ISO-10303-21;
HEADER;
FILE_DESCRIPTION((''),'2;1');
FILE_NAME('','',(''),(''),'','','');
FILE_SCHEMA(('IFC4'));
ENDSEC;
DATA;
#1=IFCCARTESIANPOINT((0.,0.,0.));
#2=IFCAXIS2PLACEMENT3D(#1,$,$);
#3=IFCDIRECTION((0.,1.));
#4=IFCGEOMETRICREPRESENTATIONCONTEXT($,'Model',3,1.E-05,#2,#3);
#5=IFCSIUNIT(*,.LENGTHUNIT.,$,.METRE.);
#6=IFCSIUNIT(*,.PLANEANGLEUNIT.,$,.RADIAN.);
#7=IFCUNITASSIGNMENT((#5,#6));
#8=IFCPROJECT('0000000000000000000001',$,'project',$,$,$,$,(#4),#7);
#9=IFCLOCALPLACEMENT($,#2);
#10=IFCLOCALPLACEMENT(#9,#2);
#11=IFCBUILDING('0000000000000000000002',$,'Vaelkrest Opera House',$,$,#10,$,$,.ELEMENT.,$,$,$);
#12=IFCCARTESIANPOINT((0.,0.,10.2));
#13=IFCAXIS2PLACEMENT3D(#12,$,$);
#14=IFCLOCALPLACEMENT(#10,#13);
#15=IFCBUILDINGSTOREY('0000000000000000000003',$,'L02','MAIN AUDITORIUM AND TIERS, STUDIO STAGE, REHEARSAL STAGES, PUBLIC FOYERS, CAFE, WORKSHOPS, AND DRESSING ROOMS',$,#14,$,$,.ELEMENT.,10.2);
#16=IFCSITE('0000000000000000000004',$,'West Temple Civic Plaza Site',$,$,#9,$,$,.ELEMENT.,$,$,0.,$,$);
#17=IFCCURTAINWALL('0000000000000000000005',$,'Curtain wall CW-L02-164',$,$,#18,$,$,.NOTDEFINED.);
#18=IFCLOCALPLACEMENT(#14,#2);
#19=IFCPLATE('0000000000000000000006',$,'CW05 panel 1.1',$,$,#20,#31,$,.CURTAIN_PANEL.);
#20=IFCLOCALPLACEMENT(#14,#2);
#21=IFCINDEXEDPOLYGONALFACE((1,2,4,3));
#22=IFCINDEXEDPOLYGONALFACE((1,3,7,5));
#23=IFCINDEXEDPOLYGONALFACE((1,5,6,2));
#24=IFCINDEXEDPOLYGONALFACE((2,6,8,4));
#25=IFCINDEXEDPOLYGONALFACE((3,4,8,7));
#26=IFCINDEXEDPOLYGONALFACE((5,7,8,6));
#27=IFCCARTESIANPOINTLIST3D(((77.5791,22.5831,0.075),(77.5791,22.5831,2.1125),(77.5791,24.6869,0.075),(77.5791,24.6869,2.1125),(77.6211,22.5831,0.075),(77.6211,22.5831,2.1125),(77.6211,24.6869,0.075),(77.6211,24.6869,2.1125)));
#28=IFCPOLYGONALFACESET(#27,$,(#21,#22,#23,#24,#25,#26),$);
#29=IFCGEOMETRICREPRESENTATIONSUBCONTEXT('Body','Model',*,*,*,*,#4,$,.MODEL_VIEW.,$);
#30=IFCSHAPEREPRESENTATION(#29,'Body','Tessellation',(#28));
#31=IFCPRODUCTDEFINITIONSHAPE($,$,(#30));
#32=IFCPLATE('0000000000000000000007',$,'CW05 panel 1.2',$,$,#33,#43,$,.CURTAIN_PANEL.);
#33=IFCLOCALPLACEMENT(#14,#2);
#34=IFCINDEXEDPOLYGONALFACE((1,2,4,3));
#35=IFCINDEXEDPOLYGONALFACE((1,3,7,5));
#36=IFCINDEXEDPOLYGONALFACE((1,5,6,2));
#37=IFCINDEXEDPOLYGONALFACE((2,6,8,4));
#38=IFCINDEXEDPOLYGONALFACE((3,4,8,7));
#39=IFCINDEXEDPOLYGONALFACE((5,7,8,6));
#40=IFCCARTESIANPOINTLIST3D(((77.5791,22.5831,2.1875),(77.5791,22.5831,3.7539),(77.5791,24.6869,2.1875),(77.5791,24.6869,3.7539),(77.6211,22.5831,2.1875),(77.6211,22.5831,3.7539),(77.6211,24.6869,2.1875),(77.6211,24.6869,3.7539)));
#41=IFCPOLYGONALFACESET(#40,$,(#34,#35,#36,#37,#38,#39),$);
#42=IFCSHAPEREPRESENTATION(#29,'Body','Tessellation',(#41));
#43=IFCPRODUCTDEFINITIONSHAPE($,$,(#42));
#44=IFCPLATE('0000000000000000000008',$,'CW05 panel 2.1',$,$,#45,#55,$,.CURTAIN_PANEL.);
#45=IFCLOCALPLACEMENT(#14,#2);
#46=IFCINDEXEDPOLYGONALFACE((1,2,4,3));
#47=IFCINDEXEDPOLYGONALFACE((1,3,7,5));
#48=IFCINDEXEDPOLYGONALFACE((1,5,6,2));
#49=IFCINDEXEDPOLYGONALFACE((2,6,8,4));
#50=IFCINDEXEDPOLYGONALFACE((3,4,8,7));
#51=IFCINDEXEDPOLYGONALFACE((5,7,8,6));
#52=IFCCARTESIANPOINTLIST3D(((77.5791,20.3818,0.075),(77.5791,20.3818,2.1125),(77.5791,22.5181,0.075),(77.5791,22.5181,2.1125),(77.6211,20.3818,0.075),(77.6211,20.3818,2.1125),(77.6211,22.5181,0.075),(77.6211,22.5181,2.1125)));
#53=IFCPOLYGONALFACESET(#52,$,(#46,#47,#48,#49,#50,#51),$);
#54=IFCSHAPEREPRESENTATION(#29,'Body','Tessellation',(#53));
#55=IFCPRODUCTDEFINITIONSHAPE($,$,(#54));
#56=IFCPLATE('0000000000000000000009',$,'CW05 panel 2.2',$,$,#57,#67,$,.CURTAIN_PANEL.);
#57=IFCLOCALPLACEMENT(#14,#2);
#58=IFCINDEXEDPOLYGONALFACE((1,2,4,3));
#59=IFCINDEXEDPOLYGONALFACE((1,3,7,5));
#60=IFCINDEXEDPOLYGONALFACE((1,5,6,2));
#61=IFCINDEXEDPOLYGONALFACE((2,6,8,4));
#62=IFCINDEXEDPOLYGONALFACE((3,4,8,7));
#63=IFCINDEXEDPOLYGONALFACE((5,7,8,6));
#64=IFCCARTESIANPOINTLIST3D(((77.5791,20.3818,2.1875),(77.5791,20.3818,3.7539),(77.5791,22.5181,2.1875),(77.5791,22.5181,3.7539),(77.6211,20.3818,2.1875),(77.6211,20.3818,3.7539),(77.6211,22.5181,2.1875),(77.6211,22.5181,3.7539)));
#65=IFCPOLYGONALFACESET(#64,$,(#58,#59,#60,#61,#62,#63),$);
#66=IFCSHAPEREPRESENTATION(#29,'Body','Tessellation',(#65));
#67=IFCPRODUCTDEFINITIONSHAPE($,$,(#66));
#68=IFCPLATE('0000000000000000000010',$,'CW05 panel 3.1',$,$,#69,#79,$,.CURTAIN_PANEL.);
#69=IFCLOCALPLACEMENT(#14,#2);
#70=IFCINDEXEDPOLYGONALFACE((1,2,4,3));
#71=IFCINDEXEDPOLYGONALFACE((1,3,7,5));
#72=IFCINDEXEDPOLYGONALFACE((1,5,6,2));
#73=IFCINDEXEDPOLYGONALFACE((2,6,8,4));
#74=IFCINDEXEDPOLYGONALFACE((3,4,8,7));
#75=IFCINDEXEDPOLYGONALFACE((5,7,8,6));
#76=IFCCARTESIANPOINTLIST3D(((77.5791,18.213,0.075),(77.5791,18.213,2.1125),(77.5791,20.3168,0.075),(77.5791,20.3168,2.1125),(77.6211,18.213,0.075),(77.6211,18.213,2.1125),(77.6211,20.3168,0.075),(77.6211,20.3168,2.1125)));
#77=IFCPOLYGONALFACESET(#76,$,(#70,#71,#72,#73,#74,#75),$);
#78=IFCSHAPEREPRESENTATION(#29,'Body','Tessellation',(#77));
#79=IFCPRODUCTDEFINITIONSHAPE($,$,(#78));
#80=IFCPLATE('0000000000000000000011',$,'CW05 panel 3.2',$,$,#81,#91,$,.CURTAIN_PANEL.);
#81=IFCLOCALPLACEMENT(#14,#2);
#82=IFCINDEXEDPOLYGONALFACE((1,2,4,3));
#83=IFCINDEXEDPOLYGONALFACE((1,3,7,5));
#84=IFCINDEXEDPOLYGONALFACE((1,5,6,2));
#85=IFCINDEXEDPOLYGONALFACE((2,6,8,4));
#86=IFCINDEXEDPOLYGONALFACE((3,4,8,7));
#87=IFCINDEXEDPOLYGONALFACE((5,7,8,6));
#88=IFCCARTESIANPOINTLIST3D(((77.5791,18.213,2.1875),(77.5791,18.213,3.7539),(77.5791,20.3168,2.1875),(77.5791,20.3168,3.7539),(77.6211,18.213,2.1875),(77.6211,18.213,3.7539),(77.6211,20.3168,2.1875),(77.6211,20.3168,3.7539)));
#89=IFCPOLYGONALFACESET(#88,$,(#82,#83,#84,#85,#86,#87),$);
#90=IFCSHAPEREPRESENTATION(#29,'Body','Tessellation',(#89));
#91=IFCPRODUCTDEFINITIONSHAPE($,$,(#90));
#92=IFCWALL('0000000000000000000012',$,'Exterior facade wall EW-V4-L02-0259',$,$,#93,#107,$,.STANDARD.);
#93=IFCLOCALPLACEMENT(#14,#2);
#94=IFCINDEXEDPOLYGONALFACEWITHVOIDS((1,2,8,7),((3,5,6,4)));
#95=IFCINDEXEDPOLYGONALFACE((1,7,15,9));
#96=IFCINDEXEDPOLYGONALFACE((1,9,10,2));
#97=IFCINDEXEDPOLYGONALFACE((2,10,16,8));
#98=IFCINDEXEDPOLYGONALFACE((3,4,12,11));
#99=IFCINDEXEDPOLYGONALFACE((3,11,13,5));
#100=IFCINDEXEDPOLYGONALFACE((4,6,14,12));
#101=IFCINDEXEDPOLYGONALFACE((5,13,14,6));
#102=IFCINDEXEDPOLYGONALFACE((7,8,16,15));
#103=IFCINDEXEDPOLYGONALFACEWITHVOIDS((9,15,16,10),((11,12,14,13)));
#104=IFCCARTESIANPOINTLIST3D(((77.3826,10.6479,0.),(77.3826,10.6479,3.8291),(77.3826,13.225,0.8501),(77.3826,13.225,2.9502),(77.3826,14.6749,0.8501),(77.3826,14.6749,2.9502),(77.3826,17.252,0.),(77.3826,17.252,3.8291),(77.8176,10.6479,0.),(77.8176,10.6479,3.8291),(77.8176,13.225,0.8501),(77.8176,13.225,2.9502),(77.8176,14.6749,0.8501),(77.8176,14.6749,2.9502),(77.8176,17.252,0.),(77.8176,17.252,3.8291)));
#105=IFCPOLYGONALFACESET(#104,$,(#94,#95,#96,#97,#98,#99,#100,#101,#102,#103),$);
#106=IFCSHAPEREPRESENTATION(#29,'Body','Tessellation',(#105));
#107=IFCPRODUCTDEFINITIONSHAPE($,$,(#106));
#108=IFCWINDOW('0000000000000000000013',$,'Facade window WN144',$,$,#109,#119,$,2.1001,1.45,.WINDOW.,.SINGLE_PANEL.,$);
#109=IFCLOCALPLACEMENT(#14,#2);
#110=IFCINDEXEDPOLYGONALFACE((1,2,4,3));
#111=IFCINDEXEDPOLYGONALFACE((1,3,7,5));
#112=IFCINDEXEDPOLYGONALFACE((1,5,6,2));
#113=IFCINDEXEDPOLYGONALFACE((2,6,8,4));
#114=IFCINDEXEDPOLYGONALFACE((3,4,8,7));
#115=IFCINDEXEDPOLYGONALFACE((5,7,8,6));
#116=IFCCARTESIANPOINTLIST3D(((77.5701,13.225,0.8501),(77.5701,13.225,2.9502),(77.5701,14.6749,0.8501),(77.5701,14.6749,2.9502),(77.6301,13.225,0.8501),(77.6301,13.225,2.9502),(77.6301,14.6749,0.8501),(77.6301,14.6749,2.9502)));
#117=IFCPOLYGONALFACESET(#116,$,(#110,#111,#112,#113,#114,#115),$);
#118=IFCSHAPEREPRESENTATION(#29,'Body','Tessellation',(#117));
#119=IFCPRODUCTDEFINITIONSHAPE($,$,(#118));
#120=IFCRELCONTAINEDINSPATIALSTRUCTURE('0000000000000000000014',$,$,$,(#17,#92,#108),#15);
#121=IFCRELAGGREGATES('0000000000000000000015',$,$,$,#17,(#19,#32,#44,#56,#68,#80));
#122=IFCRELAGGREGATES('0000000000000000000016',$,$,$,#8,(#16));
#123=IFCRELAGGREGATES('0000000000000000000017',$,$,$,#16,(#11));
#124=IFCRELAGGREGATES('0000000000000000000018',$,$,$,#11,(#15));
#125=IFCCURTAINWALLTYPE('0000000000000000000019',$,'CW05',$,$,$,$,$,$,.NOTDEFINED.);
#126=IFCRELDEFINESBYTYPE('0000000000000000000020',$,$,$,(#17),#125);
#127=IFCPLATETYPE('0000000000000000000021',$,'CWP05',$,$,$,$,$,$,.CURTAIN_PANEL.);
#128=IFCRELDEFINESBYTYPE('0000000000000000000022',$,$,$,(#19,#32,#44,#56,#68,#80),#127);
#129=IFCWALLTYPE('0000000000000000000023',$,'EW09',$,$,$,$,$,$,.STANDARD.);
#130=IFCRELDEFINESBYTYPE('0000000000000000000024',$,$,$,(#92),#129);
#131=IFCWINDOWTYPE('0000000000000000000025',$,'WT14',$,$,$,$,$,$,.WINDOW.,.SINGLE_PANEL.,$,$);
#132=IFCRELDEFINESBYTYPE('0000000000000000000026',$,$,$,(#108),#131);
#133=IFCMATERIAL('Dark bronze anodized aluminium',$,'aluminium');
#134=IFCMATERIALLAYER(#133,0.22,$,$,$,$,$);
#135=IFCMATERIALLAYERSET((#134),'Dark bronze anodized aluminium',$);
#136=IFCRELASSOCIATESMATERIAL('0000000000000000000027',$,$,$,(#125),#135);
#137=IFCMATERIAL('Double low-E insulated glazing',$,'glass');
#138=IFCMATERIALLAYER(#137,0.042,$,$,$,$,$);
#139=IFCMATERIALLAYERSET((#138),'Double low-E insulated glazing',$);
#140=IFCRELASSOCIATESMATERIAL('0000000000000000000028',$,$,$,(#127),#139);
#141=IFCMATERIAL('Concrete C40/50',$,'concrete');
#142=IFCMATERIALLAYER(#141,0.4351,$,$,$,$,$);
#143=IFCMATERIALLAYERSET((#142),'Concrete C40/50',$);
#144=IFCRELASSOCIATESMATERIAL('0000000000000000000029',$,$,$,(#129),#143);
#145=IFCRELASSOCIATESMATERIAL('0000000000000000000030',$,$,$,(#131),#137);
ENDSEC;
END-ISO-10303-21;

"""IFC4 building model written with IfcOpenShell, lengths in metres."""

from ifc_helpers import new_model, si_unit, direction, frame, frame_2d, origin, origin_2d, place, context, subcontext, project, spatial, rectangle, extrude, material, layer, layer_set, type_object, element, fill, aggregate, save


model = new_model("IFC4")

# Units and contexts
model_context = context("Model", 3, precision=1e-05, world=origin(), true_north=direction((0.0, 1.0)))
body_context = subcontext(model_context, "Body", "Model", "MODEL_VIEW")
ifc_project = project(units=[si_unit("LENGTHUNIT", "METRE"), si_unit("PLANEANGLEUNIT", "RADIAN")], contexts=[model_context])

# Site, building, storey
site_placement = place(None, origin())
site = spatial("IfcSite", under=ifc_project, at=site_placement, Name="West Temple Civic Plaza Site", CompositionType="ELEMENT", RefElevation=0.0)
building_placement = place(site_placement, origin())
building = spatial("IfcBuilding", under=site, at=building_placement, Name="Vaelkrest Opera House", CompositionType="ELEMENT")
storey_placement = place(building_placement, frame((0.0, 0.0, 10.2)))
storey = spatial("IfcBuildingStorey", under=building, at=storey_placement, Name="L02", Description="MAIN AUDITORIUM AND TIERS, STUDIO STAGE, REHEARSAL STAGES, PUBLIC FOYERS, CAFE, WORKSHOPS, AND DRESSING ROOMS", CompositionType="ELEMENT", Elevation=10.2)

# Curtain wall
ifc_material_1 = material(Name="Dark bronze anodized aluminium", Category="aluminium")
ifc_layer_1 = layer(ifc_material_1, 0.22)
ifc_layer_set_1 = layer_set([ifc_layer_1], Name="Dark bronze anodized aluminium")
curtain_wall_type = type_object("IfcCurtainWallType", Name="CW05", PredefinedType="NOTDEFINED", material=ifc_layer_set_1)
curtain_wall_placement = place(storey_placement, origin())
curtain_wall = element("IfcCurtainWall", 1, at=curtain_wall_placement, inside=storey, type_object=curtain_wall_type, Name="Curtain wall CW-L02-164", PredefinedType="NOTDEFINED")

# Plates
ifc_material_2 = material(Name="Double low-E insulated glazing", Category="glass")
ifc_layer_2 = layer(ifc_material_2, 0.042)
ifc_layer_set_2 = layer_set([ifc_layer_2], Name="Double low-E insulated glazing")
plate_type = type_object("IfcPlateType", Name="CWP05", PredefinedType="CURTAIN_PANEL", material=ifc_layer_set_2)
plate_1_placement = place(storey_placement, frame((77.6001, 23.635, 0.075), z_axis=(0.0, 0.0, 1.0), x_axis=(0.0, -1.0, 0.0)))
plate_1 = element("IfcPlate", 2, at=plate_1_placement, type_object=plate_type, Name="CW05 panel 1.1", PredefinedType="CURTAIN_PANEL", context=body_context, shape_type="SweptSolid", body=[
    extrude(rectangle(XDim=2.1038, YDim=0.042, at=origin_2d()), origin(), (0.0, 0.0, 1.0), 2.0376),
])
plate_2_placement = place(storey_placement, frame((77.6001, 23.635, 2.1875), z_axis=(0.0, 0.0, 1.0), x_axis=(0.0, -1.0, 0.0)))
plate_2 = element("IfcPlate", 3, at=plate_2_placement, type_object=plate_type, Name="CW05 panel 1.2", PredefinedType="CURTAIN_PANEL", context=body_context, shape_type="SweptSolid", body=[
    extrude(rectangle(XDim=2.1038, YDim=0.042, at=origin_2d()), origin(), (0.0, 0.0, 1.0), 1.5664),
])
plate_3_placement = place(storey_placement, frame((77.6001, 21.45, 0.075), z_axis=(0.0, 0.0, 1.0), x_axis=(0.0, -1.0, 0.0)))
plate_3 = element("IfcPlate", 4, at=plate_3_placement, type_object=plate_type, Name="CW05 panel 2.1", PredefinedType="CURTAIN_PANEL", context=body_context, shape_type="SweptSolid", body=[
    extrude(rectangle(XDim=2.1362, YDim=0.042, at=origin_2d()), origin(), (0.0, 0.0, 1.0), 2.0376),
])
plate_4_placement = place(storey_placement, frame((77.6001, 21.45, 2.1875), z_axis=(0.0, 0.0, 1.0), x_axis=(0.0, -1.0, 0.0)))
plate_4 = element("IfcPlate", 5, at=plate_4_placement, type_object=plate_type, Name="CW05 panel 2.2", PredefinedType="CURTAIN_PANEL", context=body_context, shape_type="SweptSolid", body=[
    extrude(rectangle(XDim=2.1362, YDim=0.042, at=origin_2d()), origin(), (0.0, 0.0, 1.0), 1.5664),
])
plate_5_placement = place(storey_placement, frame((77.6001, 19.2649, 0.075), z_axis=(0.0, 0.0, 1.0), x_axis=(0.0, -1.0, 0.0)))
plate_5 = element("IfcPlate", 6, at=plate_5_placement, type_object=plate_type, Name="CW05 panel 3.1", PredefinedType="CURTAIN_PANEL", context=body_context, shape_type="SweptSolid", body=[
    extrude(rectangle(XDim=2.1038, YDim=0.042, at=origin_2d()), origin(), (0.0, 0.0, 1.0), 2.0376),
])
plate_6_placement = place(storey_placement, frame((77.6001, 19.2649, 2.1875), z_axis=(0.0, 0.0, 1.0), x_axis=(0.0, -1.0, 0.0)))
plate_6 = element("IfcPlate", 7, at=plate_6_placement, type_object=plate_type, Name="CW05 panel 3.2", PredefinedType="CURTAIN_PANEL", context=body_context, shape_type="SweptSolid", body=[
    extrude(rectangle(XDim=2.1038, YDim=0.042, at=origin_2d()), origin(), (0.0, 0.0, 1.0), 1.5664),
])
aggregate(curtain_wall, [plate_1, plate_2, plate_3, plate_4, plate_5, plate_6])

# Wall, opening, window
ifc_material_3 = material(Name="Concrete C40/50", Category="concrete")
ifc_layer_3 = layer(ifc_material_3, 0.4351)
ifc_layer_set_3 = layer_set([ifc_layer_3], Name="Concrete C40/50")
wall_type = type_object("IfcWallType", Name="EW09", PredefinedType="STANDARD", material=ifc_layer_set_3)
wall_placement = place(storey_placement, frame((77.6001, 17.252, 0.0), z_axis=(0.0, 0.0, 1.0), x_axis=(0.0, -1.0, 0.0)))
wall = element("IfcWall", 8, at=wall_placement, inside=storey, type_object=wall_type, Name="Exterior facade wall EW-V4-L02-0259", PredefinedType="STANDARD", context=body_context, shape_type="SweptSolid", body=[
    extrude(rectangle(XDim=6.604, YDim=0.4351, at=frame_2d((3.302, 0.0))), origin(), (0.0, 0.0, 1.0), 3.8291),
])
opening_placement = place(wall_placement, frame((2.5769, 0.0, 0.8501)))
opening = element("IfcOpeningElement", 9, at=opening_placement, cuts=wall, PredefinedType="OPENING", context=body_context, shape_type="SweptSolid", body=[
    extrude(rectangle(XDim=1.45, YDim=2.1001, at=frame_2d((0.7251, 1.05))), frame((0.0, 0.2275, 0.0), z_axis=(0.0, -1.0, 0.0), x_axis=(1.0, 0.0, 0.0)), (0.0, 0.0, 1.0), 0.4551),
])
window_type = type_object("IfcWindowType", Name="WT14", PartitioningType="SINGLE_PANEL", PredefinedType="WINDOW", material=ifc_material_2)
window_placement = place(opening_placement, origin())
window = element("IfcWindow", 10, at=window_placement, inside=storey, type_object=window_type, Name="Facade window WN144", OverallHeight=2.1001, OverallWidth=1.45, PartitioningType="SINGLE_PANEL", PredefinedType="WINDOW", context=body_context, shape_type="SweptSolid", body=[
    extrude(rectangle(XDim=1.45, YDim=2.1001, at=frame_2d((0.7251, 1.05))), frame((0.0, 0.03, 0.0), z_axis=(0.0, -1.0, 0.0), x_axis=(1.0, 0.0, 0.0)), (0.0, 0.0, 1.0), 0.0601),
])
fill(opening, window)

save(model, "model.ifc")
